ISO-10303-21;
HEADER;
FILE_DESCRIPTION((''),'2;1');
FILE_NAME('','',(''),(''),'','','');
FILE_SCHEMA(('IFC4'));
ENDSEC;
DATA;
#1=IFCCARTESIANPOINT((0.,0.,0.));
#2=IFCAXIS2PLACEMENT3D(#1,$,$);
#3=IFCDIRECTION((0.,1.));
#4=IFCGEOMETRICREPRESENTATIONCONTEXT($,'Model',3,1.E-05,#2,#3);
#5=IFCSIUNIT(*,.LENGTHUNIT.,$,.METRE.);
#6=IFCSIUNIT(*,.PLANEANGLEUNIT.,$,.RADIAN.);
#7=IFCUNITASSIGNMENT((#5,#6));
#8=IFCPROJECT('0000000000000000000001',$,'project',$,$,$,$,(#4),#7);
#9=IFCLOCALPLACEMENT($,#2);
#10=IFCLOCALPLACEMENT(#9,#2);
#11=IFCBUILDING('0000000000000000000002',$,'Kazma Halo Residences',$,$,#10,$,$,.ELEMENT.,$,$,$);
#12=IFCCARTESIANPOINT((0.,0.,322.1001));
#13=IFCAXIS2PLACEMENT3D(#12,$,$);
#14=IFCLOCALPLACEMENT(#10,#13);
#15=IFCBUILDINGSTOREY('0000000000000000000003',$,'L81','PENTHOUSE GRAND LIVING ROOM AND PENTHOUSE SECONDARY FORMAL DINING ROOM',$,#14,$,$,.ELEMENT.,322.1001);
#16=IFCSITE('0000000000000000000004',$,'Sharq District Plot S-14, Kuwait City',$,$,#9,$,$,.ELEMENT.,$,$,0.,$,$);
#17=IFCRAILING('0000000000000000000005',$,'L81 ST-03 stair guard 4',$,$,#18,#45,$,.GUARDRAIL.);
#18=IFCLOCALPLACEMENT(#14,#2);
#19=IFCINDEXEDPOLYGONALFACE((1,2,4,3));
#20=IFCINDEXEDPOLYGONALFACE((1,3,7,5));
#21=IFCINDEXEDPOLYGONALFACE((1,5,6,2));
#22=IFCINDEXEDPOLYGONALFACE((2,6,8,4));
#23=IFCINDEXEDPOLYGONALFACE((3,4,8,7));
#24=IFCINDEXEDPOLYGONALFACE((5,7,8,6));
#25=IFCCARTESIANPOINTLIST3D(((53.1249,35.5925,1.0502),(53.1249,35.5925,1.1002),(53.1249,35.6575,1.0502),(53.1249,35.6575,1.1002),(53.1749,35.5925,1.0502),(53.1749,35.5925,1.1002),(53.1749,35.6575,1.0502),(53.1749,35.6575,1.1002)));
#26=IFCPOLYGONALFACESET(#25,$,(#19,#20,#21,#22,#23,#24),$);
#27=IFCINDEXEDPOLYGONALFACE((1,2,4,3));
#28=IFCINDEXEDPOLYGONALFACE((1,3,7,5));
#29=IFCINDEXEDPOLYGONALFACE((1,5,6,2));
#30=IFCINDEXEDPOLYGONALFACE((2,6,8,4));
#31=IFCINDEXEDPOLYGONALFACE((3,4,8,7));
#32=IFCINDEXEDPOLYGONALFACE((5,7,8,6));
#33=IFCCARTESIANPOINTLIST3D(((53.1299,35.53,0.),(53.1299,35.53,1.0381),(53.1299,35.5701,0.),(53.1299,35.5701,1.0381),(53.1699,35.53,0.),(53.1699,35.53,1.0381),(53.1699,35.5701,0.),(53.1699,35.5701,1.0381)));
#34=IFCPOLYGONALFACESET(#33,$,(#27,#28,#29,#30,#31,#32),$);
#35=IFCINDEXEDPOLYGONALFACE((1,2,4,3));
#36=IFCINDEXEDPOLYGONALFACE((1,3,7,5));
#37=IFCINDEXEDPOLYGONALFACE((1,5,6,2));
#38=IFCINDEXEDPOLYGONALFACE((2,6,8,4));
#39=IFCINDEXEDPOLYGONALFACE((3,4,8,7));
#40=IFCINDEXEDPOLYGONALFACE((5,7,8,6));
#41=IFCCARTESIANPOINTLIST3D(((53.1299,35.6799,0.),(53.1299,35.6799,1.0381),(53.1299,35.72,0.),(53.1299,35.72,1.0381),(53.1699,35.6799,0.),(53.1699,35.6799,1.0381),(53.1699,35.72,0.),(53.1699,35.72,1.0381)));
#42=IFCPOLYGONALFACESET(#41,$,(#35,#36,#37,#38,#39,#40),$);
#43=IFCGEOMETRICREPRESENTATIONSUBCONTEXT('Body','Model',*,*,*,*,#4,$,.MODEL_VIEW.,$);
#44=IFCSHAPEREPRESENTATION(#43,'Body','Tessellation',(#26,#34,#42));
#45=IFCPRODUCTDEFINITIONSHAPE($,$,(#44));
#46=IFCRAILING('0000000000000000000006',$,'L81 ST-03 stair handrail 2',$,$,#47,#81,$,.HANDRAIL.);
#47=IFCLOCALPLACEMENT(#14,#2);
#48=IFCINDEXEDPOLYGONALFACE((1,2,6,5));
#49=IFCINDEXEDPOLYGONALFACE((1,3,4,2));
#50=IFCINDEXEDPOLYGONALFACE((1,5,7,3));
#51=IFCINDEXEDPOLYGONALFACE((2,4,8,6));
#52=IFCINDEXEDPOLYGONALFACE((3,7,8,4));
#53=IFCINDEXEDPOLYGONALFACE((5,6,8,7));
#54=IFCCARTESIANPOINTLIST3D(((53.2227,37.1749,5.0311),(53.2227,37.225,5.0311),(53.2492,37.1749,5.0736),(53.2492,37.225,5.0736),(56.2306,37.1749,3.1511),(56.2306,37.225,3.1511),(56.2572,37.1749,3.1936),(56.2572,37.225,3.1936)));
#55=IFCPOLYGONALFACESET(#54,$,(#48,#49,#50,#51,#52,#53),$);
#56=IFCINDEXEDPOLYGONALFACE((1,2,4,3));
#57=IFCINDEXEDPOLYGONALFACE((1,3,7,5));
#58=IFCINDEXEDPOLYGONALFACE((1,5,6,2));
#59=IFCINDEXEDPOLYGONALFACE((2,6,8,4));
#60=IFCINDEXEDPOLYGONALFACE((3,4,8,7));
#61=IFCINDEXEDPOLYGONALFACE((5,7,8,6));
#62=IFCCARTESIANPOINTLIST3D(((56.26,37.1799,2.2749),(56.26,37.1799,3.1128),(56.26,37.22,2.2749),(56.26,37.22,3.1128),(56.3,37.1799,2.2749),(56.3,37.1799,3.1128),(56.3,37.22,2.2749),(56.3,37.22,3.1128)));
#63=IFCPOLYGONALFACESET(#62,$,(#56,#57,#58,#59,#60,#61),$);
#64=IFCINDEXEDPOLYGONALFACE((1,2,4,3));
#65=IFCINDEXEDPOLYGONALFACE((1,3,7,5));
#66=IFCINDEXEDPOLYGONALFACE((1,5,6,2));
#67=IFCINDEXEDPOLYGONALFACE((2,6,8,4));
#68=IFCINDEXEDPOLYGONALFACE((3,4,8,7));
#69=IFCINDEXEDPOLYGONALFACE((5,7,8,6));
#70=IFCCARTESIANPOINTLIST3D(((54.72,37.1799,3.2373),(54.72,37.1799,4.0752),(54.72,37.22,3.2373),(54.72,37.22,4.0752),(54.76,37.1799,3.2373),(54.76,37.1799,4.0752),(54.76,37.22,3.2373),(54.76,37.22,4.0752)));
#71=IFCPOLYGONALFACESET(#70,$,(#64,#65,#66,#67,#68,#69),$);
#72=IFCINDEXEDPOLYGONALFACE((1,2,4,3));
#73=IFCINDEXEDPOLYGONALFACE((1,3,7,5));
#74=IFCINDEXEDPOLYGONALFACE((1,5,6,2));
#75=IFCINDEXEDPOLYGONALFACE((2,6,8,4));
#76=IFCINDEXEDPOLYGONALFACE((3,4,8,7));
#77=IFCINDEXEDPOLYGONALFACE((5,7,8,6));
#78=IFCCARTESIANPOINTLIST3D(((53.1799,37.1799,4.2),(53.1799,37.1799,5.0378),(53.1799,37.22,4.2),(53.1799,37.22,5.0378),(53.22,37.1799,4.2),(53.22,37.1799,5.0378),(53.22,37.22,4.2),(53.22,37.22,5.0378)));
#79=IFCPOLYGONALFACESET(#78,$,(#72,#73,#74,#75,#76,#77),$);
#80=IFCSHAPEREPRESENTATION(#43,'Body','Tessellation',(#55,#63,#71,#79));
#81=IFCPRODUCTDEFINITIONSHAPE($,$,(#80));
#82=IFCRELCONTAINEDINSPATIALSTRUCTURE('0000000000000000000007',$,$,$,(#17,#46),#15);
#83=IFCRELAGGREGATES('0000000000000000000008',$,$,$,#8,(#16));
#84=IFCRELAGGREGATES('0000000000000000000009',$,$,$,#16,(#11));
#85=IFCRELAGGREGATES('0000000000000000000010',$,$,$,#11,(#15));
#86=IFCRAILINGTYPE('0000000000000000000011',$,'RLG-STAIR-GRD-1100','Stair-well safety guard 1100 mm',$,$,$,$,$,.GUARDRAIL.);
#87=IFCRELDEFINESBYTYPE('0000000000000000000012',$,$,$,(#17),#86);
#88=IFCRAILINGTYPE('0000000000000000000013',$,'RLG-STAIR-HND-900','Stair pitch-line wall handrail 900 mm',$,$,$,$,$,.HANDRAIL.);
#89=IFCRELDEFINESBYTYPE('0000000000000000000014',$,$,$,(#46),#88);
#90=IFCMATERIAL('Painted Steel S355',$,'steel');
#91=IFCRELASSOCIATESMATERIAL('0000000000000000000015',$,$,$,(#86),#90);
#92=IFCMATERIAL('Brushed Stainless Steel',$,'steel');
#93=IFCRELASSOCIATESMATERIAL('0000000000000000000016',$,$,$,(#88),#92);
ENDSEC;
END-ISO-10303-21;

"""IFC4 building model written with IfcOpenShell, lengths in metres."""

from ifc_helpers import new_model, si_unit, direction, frame, origin, origin_2d, place, context, subcontext, project, spatial, rectangle, extrude, material, type_object, element, save


model = new_model("IFC4")

# Units and contexts
model_context = context("Model", 3, precision=1e-05, world=origin(), true_north=direction((0.0, 1.0)))
body_context = subcontext(model_context, "Body", "Model", "MODEL_VIEW")
ifc_project = project(units=[si_unit("LENGTHUNIT", "METRE"), si_unit("PLANEANGLEUNIT", "RADIAN")], contexts=[model_context])

# Site, building, storey
site_placement = place(None, origin())
site = spatial("IfcSite", under=ifc_project, at=site_placement, Name="Sharq District Plot S-14, Kuwait City", CompositionType="ELEMENT", RefElevation=0.0)
building_placement = place(site_placement, origin())
building = spatial("IfcBuilding", under=site, at=building_placement, Name="Kazma Halo Residences", CompositionType="ELEMENT")
storey_placement = place(building_placement, frame((0.0, 0.0, 322.1001)))
storey = spatial("IfcBuildingStorey", under=building, at=storey_placement, Name="L81", Description="PENTHOUSE GRAND LIVING ROOM AND PENTHOUSE SECONDARY FORMAL DINING ROOM", CompositionType="ELEMENT", Elevation=322.1001)

# Railings
ifc_material_1 = material(Name="Painted Steel S355", Category="steel")
railing_type_1 = type_object("IfcRailingType", Name="RLG-STAIR-GRD-1100", Description="Stair-well safety guard 1100 mm", PredefinedType="GUARDRAIL", material=ifc_material_1)
railing_1_placement = place(storey_placement, frame((53.1499, 35.55, 0.0)))
element("IfcRailing", 1, at=railing_1_placement, inside=storey, type_object=railing_type_1, Name="L81 ST-03 stair guard 4", PredefinedType="GUARDRAIL", context=body_context, shape_type="SweptSolid", body=[
    extrude(rectangle(XDim=0.05, YDim=0.05, at=origin_2d()), frame((0.0, 0.0425, 1.0752), z_axis=(0.0, 1.0, 0.0), x_axis=(-1.0, 0.0, 0.0)), (0.0, 0.0, 1.0), 0.0649),
    extrude(rectangle(XDim=0.04, YDim=0.04, at=origin_2d()), origin(), (0.0, 0.0, 1.0), 1.0381),
    extrude(rectangle(XDim=0.04, YDim=0.04, at=origin_2d()), frame((0.0, 0.1499, 0.0)), (0.0, 0.0, 1.0), 1.0381),
])
ifc_material_2 = material(Name="Brushed Stainless Steel", Category="steel")
railing_type_2 = type_object("IfcRailingType", Name="RLG-STAIR-HND-900", Description="Stair pitch-line wall handrail 900 mm", PredefinedType="HANDRAIL", material=ifc_material_2)
railing_2_placement = place(storey_placement, frame((56.28, 37.2, 2.2749)))
element("IfcRailing", 2, at=railing_2_placement, inside=storey, type_object=railing_type_2, Name="L81 ST-03 stair handrail 2", PredefinedType="HANDRAIL", context=body_context, shape_type="SweptSolid", body=[
    extrude(rectangle(XDim=0.05, YDim=0.05, at=origin_2d()), frame((-0.0361, 0.0, 0.8975), z_axis=(-0.847998, 0.0, 0.529999), x_axis=(0.0, -1.0, 0.0)), (0.0, 0.0, 1.0), 3.5471),
    extrude(rectangle(XDim=0.04, YDim=0.04, at=origin_2d()), origin(), (0.0, 0.0, 1.0), 0.8379),
    extrude(rectangle(XDim=0.04, YDim=0.04, at=origin_2d()), frame((-1.54, 0.0, 0.9624)), (0.0, 0.0, 1.0), 0.8379),
    extrude(rectangle(XDim=0.04, YDim=0.04, at=origin_2d()), frame((-3.0801, 0.0, 1.925)), (0.0, 0.0, 1.0), 0.8379),
])

save(model, "model.ifc")
